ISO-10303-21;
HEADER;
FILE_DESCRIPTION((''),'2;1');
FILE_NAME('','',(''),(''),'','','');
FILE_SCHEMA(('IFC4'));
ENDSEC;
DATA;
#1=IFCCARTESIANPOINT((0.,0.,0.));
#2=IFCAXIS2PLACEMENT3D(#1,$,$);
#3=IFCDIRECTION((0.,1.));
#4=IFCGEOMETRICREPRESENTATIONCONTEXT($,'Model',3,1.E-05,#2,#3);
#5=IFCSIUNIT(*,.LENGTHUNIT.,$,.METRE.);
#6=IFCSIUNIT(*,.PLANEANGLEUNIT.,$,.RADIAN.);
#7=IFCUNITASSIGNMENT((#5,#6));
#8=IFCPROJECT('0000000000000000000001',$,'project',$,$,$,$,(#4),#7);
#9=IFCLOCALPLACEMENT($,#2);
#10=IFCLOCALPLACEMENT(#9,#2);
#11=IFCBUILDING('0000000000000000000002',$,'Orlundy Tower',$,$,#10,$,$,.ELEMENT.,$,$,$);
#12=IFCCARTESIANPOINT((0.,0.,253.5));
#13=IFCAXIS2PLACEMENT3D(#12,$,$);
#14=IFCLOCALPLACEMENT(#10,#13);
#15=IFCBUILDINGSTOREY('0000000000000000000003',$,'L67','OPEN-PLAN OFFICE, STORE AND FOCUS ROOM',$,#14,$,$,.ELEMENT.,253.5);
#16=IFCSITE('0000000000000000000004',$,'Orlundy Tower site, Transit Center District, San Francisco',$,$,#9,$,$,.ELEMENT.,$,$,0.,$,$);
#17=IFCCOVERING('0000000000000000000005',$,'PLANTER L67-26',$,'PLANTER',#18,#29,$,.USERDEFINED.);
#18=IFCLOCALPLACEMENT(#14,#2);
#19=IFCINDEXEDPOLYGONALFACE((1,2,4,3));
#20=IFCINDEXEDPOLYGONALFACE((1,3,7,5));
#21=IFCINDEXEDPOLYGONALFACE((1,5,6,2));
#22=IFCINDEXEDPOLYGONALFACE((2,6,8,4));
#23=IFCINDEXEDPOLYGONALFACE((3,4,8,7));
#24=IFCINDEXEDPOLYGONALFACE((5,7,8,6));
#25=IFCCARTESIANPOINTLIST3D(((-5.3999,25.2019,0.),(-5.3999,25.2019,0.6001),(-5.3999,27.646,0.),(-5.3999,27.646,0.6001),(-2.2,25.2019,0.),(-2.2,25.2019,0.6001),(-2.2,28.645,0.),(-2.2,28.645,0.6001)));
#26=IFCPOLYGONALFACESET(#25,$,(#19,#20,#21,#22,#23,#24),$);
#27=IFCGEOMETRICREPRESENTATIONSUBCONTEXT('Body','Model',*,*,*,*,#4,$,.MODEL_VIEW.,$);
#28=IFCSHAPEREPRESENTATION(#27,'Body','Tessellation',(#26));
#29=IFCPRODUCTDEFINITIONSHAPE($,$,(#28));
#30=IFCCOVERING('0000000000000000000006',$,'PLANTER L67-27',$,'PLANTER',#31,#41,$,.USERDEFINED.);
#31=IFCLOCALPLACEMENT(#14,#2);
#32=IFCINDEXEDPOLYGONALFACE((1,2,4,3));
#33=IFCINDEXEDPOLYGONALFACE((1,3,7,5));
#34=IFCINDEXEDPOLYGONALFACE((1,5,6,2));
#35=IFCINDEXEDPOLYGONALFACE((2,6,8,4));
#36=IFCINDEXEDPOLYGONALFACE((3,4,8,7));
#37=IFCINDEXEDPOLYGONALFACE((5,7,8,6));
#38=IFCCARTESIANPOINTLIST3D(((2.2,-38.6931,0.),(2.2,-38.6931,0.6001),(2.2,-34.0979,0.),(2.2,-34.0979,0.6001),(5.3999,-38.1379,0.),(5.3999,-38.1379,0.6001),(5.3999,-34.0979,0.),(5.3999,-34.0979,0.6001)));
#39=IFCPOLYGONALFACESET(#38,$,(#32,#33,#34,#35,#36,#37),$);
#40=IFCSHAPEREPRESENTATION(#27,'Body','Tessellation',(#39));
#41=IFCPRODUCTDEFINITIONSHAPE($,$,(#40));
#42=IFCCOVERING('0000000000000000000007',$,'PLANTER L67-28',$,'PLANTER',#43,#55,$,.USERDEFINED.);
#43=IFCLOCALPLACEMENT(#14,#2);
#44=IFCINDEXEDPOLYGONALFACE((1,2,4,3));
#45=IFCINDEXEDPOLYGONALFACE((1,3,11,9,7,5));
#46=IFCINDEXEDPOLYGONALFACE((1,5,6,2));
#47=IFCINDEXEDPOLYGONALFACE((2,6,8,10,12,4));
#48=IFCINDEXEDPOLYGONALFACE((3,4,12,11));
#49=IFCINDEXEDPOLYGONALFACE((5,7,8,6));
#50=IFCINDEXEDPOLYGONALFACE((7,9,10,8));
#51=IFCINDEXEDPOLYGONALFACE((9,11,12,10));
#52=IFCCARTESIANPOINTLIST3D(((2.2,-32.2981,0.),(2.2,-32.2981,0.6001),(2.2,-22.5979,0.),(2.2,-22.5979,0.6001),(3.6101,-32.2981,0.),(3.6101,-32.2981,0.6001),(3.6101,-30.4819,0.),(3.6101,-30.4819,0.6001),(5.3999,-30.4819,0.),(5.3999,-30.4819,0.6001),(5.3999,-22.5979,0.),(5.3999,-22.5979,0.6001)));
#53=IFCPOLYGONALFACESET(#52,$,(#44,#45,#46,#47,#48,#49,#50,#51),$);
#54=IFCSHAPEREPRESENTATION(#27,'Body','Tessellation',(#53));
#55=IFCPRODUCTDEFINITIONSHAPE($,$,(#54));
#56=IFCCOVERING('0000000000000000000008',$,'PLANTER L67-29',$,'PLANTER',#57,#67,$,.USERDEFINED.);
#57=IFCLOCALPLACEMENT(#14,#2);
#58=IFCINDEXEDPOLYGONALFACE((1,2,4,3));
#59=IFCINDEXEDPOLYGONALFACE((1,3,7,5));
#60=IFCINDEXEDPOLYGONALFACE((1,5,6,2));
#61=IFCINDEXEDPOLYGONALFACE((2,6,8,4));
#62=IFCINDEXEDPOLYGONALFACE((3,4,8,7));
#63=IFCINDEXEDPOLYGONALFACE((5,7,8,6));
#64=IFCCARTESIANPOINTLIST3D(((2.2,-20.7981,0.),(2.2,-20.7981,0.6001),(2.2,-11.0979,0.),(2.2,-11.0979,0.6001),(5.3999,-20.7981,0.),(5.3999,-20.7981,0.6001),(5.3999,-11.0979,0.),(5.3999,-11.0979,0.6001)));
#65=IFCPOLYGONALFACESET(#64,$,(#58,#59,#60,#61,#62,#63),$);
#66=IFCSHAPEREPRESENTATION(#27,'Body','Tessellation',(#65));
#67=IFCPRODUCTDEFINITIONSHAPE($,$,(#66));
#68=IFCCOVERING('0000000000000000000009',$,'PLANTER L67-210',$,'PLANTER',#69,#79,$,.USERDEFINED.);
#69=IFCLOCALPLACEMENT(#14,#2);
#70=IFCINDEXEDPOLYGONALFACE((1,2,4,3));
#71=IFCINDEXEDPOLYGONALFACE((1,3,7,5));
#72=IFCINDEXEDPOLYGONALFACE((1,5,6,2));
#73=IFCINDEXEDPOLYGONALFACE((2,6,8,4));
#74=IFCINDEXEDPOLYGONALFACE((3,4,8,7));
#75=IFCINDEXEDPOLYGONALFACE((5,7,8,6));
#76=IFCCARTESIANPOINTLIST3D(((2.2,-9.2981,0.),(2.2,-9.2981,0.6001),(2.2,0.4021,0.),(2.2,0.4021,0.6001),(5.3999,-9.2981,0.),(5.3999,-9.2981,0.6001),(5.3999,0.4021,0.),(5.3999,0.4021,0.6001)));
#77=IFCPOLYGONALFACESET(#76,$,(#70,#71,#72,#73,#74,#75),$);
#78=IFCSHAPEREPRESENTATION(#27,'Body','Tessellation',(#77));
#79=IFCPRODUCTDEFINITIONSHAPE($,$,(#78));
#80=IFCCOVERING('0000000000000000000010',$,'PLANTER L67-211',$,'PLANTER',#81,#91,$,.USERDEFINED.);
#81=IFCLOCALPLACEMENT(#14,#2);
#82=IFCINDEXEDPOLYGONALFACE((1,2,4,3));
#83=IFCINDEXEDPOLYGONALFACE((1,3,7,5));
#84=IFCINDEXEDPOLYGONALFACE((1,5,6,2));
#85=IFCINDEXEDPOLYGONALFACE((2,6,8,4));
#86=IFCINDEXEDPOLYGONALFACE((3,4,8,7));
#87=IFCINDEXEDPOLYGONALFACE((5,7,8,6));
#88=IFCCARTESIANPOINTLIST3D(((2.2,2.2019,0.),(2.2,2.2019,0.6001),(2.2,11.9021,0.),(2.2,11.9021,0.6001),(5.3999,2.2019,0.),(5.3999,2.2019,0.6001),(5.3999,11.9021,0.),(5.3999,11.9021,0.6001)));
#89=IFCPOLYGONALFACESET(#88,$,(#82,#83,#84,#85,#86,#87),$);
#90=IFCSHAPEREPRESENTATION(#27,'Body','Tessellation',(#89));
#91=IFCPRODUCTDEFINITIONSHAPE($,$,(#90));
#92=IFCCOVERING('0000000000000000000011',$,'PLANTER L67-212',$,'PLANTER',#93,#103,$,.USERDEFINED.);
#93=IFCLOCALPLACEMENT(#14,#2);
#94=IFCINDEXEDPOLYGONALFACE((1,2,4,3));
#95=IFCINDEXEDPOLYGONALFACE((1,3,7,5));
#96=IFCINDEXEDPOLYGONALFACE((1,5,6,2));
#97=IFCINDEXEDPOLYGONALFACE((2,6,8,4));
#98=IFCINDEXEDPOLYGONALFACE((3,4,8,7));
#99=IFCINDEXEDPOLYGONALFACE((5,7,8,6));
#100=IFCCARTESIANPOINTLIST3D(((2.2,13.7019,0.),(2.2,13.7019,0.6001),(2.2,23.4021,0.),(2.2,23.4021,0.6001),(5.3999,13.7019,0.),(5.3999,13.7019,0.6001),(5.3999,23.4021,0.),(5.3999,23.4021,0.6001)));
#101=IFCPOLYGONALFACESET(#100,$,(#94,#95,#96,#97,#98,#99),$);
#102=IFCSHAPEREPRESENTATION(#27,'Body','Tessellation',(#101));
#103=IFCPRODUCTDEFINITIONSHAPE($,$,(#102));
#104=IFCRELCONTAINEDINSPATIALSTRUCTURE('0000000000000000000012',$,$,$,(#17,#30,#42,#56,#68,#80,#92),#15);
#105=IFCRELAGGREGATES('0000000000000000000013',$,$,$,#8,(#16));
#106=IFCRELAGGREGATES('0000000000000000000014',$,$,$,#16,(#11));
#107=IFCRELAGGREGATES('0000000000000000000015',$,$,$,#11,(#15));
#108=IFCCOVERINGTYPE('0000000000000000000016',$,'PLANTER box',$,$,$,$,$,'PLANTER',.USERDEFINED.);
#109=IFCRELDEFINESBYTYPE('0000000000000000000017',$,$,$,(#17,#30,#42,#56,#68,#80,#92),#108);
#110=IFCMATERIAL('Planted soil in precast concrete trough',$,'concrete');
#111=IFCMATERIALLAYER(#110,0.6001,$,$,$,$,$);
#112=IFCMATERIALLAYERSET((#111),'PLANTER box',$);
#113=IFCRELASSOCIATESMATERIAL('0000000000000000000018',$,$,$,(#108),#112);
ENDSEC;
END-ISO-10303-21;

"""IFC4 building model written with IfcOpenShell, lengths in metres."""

from ifc_helpers import new_model, si_unit, direction, frame, origin, place, context, subcontext, project, spatial, polyline, outline, extrude, material, layer, layer_set, type_object, element, save


model = new_model("IFC4")

# Units and contexts
model_context = context("Model", 3, precision=1e-05, world=origin(), true_north=direction((0.0, 1.0)))
body_context = subcontext(model_context, "Body", "Model", "MODEL_VIEW")
ifc_project = project(units=[si_unit("LENGTHUNIT", "METRE"), si_unit("PLANEANGLEUNIT", "RADIAN")], contexts=[model_context])

# Site, building, storey
site_placement = place(None, origin())
site = spatial("IfcSite", under=ifc_project, at=site_placement, Name="Orlundy Tower site, Transit Center District, San Francisco", CompositionType="ELEMENT", RefElevation=0.0)
building_placement = place(site_placement, origin())
building = spatial("IfcBuilding", under=site, at=building_placement, Name="Orlundy Tower", CompositionType="ELEMENT")
storey_placement = place(building_placement, frame((0.0, 0.0, 253.5)))
storey = spatial("IfcBuildingStorey", under=building, at=storey_placement, Name="L67", Description="OPEN-PLAN OFFICE, STORE AND FOCUS ROOM", CompositionType="ELEMENT", Elevation=253.5)

# Coverings
ifc_material_1 = material(Name="Planted soil in precast concrete trough", Category="concrete")
ifc_layer_1 = layer(ifc_material_1, 0.6001)
ifc_layer_set_1 = layer_set([ifc_layer_1], Name="PLANTER box")
covering_type = type_object("IfcCoveringType", Name="PLANTER box", ElementType="PLANTER", PredefinedType="USERDEFINED", material=ifc_layer_set_1)
covering_1_placement = place(storey_placement, origin())
element("IfcCovering", 1, at=covering_1_placement, inside=storey, type_object=covering_type, Name="PLANTER L67-26", ObjectType="PLANTER", PredefinedType="USERDEFINED", context=body_context, shape_type="SweptSolid", body=[
    extrude(outline(polyline([(-5.3999, 27.646), (-2.2, 28.645), (-2.2, 25.2019), (-5.3999, 25.2019), (-5.3999, 27.646)])), origin(), (0.0, 0.0, 1.0), 0.6001),
])
covering_2_placement = place(storey_placement, origin())
element("IfcCovering", 2, at=covering_2_placement, inside=storey, type_object=covering_type, Name="PLANTER L67-27", ObjectType="PLANTER", PredefinedType="USERDEFINED", context=body_context, shape_type="SweptSolid", body=[
    extrude(outline(polyline([(2.2, -38.6931), (2.2, -34.0979), (5.3999, -34.0979), (5.3999, -38.1379), (2.2, -38.6931)])), origin(), (0.0, 0.0, 1.0), 0.6001),
])
covering_3_placement = place(storey_placement, origin())
element("IfcCovering", 3, at=covering_3_placement, inside=storey, type_object=covering_type, Name="PLANTER L67-28", ObjectType="PLANTER", PredefinedType="USERDEFINED", context=body_context, shape_type="SweptSolid", body=[
    extrude(outline(polyline([(2.2, -22.5979), (5.3999, -22.5979), (5.3999, -30.4819), (3.6101, -30.4819), (3.6101, -32.2981), (2.2, -32.2981), (2.2, -22.5979)])), origin(), (0.0, 0.0, 1.0), 0.6001),
])
covering_4_placement = place(storey_placement, origin())
element("IfcCovering", 4, at=covering_4_placement, inside=storey, type_object=covering_type, Name="PLANTER L67-29", ObjectType="PLANTER", PredefinedType="USERDEFINED", context=body_context, shape_type="SweptSolid", body=[
    extrude(outline(polyline([(2.2, -11.0979), (5.3999, -11.0979), (5.3999, -20.7981), (2.2, -20.7981), (2.2, -11.0979)])), origin(), (0.0, 0.0, 1.0), 0.6001),
])
covering_5_placement = place(storey_placement, origin())
element("IfcCovering", 5, at=covering_5_placement, inside=storey, type_object=covering_type, Name="PLANTER L67-210", ObjectType="PLANTER", PredefinedType="USERDEFINED", context=body_context, shape_type="SweptSolid", body=[
    extrude(outline(polyline([(2.2, 0.4021), (5.3999, 0.4021), (5.3999, -9.2981), (2.2, -9.2981), (2.2, 0.4021)])), origin(), (0.0, 0.0, 1.0), 0.6001),
])
covering_6_placement = place(storey_placement, origin())
element("IfcCovering", 6, at=covering_6_placement, inside=storey, type_object=covering_type, Name="PLANTER L67-211", ObjectType="PLANTER", PredefinedType="USERDEFINED", context=body_context, shape_type="SweptSolid", body=[
    extrude(outline(polyline([(2.2, 11.9021), (5.3999, 11.9021), (5.3999, 2.2019), (2.2, 2.2019), (2.2, 11.9021)])), origin(), (0.0, 0.0, 1.0), 0.6001),
])
covering_7_placement = place(storey_placement, origin())
element("IfcCovering", 7, at=covering_7_placement, inside=storey, type_object=covering_type, Name="PLANTER L67-212", ObjectType="PLANTER", PredefinedType="USERDEFINED", context=body_context, shape_type="SweptSolid", body=[
    extrude(outline(polyline([(2.2, 23.4021), (5.3999, 23.4021), (5.3999, 13.7019), (2.2, 13.7019), (2.2, 23.4021)])), origin(), (0.0, 0.0, 1.0), 0.6001),
])

save(model, "model.ifc")
